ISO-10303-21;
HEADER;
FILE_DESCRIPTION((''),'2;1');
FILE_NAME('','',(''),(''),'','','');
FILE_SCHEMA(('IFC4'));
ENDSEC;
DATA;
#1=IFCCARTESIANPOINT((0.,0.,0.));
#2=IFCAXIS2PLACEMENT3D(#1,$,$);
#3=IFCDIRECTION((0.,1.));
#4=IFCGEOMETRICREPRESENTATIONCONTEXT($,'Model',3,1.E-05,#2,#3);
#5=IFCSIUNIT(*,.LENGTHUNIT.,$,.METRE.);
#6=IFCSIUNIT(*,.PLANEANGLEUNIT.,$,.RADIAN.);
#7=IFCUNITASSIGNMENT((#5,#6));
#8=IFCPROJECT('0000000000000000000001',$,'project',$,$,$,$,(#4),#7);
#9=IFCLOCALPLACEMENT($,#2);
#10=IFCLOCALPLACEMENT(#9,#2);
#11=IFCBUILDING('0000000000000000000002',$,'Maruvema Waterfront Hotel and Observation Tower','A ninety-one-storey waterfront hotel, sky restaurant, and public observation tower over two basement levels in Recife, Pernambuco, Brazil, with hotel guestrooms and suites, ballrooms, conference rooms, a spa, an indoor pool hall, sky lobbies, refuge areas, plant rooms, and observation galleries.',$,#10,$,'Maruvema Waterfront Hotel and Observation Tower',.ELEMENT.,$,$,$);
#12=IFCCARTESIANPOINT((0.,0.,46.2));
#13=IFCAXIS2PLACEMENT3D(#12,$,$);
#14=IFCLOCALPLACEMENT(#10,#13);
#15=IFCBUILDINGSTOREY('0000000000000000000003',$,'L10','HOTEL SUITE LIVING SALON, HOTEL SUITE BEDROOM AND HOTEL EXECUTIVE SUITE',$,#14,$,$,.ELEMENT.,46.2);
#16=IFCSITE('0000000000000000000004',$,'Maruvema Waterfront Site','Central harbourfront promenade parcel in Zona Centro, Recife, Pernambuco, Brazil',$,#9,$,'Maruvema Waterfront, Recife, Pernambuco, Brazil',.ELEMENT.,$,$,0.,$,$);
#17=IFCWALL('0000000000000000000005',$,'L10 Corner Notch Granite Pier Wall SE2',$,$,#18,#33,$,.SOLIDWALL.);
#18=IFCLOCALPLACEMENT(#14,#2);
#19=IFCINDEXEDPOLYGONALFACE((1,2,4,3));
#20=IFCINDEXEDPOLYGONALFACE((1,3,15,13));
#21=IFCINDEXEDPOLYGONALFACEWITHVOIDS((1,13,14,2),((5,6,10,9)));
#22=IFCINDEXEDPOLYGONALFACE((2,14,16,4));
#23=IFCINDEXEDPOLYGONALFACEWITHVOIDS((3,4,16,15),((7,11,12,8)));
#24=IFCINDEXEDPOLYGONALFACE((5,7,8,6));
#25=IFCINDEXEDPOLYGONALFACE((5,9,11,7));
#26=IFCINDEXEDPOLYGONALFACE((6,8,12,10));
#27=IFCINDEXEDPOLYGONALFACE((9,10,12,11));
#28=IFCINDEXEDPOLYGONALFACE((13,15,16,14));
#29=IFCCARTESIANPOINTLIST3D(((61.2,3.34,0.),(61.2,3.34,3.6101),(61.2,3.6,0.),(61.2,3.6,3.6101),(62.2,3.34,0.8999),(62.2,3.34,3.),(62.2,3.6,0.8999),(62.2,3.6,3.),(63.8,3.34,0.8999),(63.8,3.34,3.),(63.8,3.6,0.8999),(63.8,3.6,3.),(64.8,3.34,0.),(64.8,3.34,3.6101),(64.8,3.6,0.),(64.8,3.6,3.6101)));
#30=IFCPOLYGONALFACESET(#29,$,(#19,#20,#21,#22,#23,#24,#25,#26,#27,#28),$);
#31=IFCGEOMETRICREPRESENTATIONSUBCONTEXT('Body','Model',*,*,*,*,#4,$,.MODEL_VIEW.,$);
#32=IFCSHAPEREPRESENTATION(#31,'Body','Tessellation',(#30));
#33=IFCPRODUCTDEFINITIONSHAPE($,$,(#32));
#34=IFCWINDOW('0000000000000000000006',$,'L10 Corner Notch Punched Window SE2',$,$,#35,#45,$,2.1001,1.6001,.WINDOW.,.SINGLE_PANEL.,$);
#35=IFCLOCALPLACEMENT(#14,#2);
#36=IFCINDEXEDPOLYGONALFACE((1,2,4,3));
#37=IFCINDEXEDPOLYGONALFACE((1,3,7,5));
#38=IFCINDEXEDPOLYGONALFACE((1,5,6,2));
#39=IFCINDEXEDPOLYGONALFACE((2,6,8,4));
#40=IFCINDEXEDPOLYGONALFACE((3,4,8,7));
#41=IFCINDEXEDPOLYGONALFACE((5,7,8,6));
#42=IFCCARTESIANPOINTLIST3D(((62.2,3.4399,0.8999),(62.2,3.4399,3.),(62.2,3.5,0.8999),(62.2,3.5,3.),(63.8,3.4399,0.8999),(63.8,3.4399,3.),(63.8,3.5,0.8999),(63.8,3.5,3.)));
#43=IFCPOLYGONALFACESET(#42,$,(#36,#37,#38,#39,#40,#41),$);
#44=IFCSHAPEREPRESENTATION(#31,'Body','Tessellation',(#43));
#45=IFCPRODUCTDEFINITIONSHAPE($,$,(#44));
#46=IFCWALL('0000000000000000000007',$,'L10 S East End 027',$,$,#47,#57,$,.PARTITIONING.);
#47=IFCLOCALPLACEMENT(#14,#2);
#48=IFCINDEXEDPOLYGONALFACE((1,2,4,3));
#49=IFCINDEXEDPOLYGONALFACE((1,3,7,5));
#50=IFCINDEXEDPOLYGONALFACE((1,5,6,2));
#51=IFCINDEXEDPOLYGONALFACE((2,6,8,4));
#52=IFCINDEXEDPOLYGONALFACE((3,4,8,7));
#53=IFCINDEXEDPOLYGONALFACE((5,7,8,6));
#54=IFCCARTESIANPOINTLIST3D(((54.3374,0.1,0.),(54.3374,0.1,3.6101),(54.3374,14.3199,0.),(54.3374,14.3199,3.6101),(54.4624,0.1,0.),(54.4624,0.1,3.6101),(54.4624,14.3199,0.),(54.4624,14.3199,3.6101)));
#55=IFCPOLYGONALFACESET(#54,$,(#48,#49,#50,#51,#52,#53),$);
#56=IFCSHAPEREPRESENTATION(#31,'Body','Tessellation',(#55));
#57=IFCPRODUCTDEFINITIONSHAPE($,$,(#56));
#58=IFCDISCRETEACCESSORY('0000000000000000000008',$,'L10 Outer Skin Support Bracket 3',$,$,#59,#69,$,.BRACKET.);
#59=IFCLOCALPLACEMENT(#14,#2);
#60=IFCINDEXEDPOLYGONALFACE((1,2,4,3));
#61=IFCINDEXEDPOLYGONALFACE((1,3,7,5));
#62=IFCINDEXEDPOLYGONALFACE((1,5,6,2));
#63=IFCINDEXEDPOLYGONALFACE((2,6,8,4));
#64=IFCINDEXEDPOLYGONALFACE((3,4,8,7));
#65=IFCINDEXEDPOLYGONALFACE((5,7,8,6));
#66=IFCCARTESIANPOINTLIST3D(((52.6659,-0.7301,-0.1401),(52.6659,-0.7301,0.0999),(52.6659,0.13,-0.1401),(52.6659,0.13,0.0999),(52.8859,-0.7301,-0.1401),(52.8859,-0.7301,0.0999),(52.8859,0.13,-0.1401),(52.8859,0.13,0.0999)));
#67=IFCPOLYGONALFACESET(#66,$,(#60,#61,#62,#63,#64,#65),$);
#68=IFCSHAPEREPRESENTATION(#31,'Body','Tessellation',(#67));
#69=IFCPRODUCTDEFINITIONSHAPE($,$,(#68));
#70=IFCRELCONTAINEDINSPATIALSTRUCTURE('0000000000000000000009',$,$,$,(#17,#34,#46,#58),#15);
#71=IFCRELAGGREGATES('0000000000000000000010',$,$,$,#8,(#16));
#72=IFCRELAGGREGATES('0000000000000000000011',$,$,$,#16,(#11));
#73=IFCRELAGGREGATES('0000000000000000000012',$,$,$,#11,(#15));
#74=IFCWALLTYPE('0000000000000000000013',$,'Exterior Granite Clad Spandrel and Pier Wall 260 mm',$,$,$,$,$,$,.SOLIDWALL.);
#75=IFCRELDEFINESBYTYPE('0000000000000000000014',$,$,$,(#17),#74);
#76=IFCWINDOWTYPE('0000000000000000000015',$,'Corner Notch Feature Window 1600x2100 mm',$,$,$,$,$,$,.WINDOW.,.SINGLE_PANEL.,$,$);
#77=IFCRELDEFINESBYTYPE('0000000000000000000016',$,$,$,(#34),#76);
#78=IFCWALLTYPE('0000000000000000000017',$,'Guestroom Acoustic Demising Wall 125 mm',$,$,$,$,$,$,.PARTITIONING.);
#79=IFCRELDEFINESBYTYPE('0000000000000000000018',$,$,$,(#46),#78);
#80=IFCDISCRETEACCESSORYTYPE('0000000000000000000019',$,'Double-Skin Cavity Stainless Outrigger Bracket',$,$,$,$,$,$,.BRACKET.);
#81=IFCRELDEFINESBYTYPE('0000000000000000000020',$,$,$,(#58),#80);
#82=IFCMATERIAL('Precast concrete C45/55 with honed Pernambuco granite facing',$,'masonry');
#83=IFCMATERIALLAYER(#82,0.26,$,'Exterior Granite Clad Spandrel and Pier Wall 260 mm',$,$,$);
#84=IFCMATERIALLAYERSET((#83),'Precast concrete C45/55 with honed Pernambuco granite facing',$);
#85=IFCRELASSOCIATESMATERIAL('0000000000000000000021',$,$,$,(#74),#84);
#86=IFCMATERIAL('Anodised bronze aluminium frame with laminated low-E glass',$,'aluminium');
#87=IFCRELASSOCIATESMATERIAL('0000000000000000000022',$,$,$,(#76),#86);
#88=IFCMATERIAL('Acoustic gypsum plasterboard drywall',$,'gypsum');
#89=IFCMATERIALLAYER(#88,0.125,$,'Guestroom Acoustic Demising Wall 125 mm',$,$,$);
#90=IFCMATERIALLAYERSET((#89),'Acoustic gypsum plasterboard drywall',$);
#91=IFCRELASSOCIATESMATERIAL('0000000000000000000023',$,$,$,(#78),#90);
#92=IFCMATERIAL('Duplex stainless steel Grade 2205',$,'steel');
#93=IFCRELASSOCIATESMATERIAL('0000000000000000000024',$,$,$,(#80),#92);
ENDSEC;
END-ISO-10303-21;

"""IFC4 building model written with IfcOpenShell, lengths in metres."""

from ifc_helpers import new_model, si_unit, direction, frame, frame_2d, origin, origin_2d, place, context, subcontext, project, spatial, rectangle, extrude, material, layer, layer_set, type_object, element, fill, save


model = new_model("IFC4")

# Units and contexts
model_context = context("Model", 3, precision=1e-05, world=origin(), true_north=direction((0.0, 1.0)))
body_context = subcontext(model_context, "Body", "Model", "MODEL_VIEW")
ifc_project = project(units=[si_unit("LENGTHUNIT", "METRE"), si_unit("PLANEANGLEUNIT", "RADIAN")], contexts=[model_context])

# Site, building, storey
site_placement = place(None, origin())
site = spatial("IfcSite", under=ifc_project, at=site_placement, Name="Maruvema Waterfront Site", Description="Central harbourfront promenade parcel in Zona Centro, Recife, Pernambuco, Brazil", LongName="Maruvema Waterfront, Recife, Pernambuco, Brazil", CompositionType="ELEMENT", RefElevation=0.0)
building_placement = place(site_placement, origin())
building = spatial("IfcBuilding", under=site, at=building_placement, Name="Maruvema Waterfront Hotel and Observation Tower", Description="A ninety-one-storey waterfront hotel, sky restaurant, and public observation tower over two basement levels in Recife, Pernambuco, Brazil, with hotel guestrooms and suites, ballrooms, conference rooms, a spa, an indoor pool hall, sky lobbies, refuge areas, plant rooms, and observation galleries.", LongName="Maruvema Waterfront Hotel and Observation Tower", CompositionType="ELEMENT")
storey_placement = place(building_placement, frame((0.0, 0.0, 46.2)))
storey = spatial("IfcBuildingStorey", under=building, at=storey_placement, Name="L10", Description="HOTEL SUITE LIVING SALON, HOTEL SUITE BEDROOM AND HOTEL EXECUTIVE SUITE", CompositionType="ELEMENT", Elevation=46.2)

# Shared definitions
ifc_material_1 = material(Name="Precast concrete C45/55 with honed Pernambuco granite facing", Category="masonry")
ifc_layer_1 = layer(ifc_material_1, 0.26, Name="Exterior Granite Clad Spandrel and Pier Wall 260 mm")
ifc_layer_set_1 = layer_set([ifc_layer_1], Name="Precast concrete C45/55 with honed Pernambuco granite facing")
wall_type_1 = type_object("IfcWallType", Name="Exterior Granite Clad Spandrel and Pier Wall 260 mm", PredefinedType="SOLIDWALL", material=ifc_layer_set_1)

# Wall, opening, window
wall_1_placement = place(storey_placement, frame((64.8, 3.47, 0.0), z_axis=(0.0, 0.0, 1.0), x_axis=(-1.0, 0.0, 0.0)))
wall_1 = element("IfcWall", 1, at=wall_1_placement, inside=storey, type_object=wall_type_1, Name="L10 Corner Notch Granite Pier Wall SE2", PredefinedType="SOLIDWALL", context=body_context, shape_type="SweptSolid", body=[
    extrude(rectangle(XDim=3.6001, YDim=0.26, at=frame_2d((1.8, 0.0))), origin(), (0.0, 0.0, 1.0), 3.6101),
])
opening_placement = place(wall_1_placement, frame((1.0, 0.0, 0.8999)))
opening = element("IfcOpeningElement", 2, at=opening_placement, cuts=wall_1, PredefinedType="OPENING", context=body_context, shape_type="SweptSolid", body=[
    extrude(rectangle(XDim=1.6001, YDim=2.1001, at=frame_2d((0.8, 1.05))), frame((0.0, 0.1401, 0.0), z_axis=(0.0, -1.0, 0.0), x_axis=(1.0, 0.0, 0.0)), (0.0, 0.0, 1.0), 0.28),
])
ifc_material_2 = material(Name="Anodised bronze aluminium frame with laminated low-E glass", Category="aluminium")
window_type = type_object("IfcWindowType", Name="Corner Notch Feature Window 1600x2100 mm", PartitioningType="SINGLE_PANEL", PredefinedType="WINDOW", material=ifc_material_2)
window_placement = place(opening_placement, origin())
window = element("IfcWindow", 3, at=window_placement, inside=storey, type_object=window_type, Name="L10 Corner Notch Punched Window SE2", OverallHeight=2.1001, OverallWidth=1.6001, PartitioningType="SINGLE_PANEL", PredefinedType="WINDOW", context=body_context, shape_type="SweptSolid", body=[
    extrude(rectangle(XDim=1.6001, YDim=2.1001, at=frame_2d((0.8, 1.05))), frame((0.0, 0.03, 0.0), z_axis=(0.0, -1.0, 0.0), x_axis=(1.0, 0.0, 0.0)), (0.0, 0.0, 1.0), 0.0601),
])
fill(opening, window)

# Wall
ifc_material_3 = material(Name="Acoustic gypsum plasterboard drywall", Category="gypsum")
ifc_layer_2 = layer(ifc_material_3, 0.125, Name="Guestroom Acoustic Demising Wall 125 mm")
ifc_layer_set_2 = layer_set([ifc_layer_2], Name="Acoustic gypsum plasterboard drywall")
wall_type_2 = type_object("IfcWallType", Name="Guestroom Acoustic Demising Wall 125 mm", PredefinedType="PARTITIONING", material=ifc_layer_set_2)
wall_2_placement = place(storey_placement, frame((54.3999, 0.1001, 0.0), z_axis=(0.0, 0.0, 1.0), x_axis=(0.0, 1.0, 0.0)))
element("IfcWall", 4, at=wall_2_placement, inside=storey, type_object=wall_type_2, Name="L10 S East End 027", PredefinedType="PARTITIONING", context=body_context, shape_type="SweptSolid", body=[
    extrude(rectangle(XDim=14.22, YDim=0.125, at=frame_2d((7.1099, 0.0))), origin(), (0.0, 0.0, 1.0), 3.6101),
])

# Discrete accessory
ifc_material_4 = material(Name="Duplex stainless steel Grade 2205", Category="steel")
discrete_accessory_type = type_object("IfcDiscreteAccessoryType", Name="Double-Skin Cavity Stainless Outrigger Bracket", PredefinedType="BRACKET", material=ifc_material_4)
discrete_accessory_placement = place(storey_placement, frame((52.7759, -0.3, -0.1401), z_axis=(0.0, 0.0, 1.0), x_axis=(1.0, 0.0, 0.0)))
element("IfcDiscreteAccessory", 5, at=discrete_accessory_placement, inside=storey, type_object=discrete_accessory_type, Name="L10 Outer Skin Support Bracket 3", PredefinedType="BRACKET", context=body_context, shape_type="SweptSolid", body=[
    extrude(rectangle(XDim=0.22, YDim=0.8601, at=origin_2d()), origin(), (0.0, 0.0, 1.0), 0.24),
])

save(model, "model.ifc")
